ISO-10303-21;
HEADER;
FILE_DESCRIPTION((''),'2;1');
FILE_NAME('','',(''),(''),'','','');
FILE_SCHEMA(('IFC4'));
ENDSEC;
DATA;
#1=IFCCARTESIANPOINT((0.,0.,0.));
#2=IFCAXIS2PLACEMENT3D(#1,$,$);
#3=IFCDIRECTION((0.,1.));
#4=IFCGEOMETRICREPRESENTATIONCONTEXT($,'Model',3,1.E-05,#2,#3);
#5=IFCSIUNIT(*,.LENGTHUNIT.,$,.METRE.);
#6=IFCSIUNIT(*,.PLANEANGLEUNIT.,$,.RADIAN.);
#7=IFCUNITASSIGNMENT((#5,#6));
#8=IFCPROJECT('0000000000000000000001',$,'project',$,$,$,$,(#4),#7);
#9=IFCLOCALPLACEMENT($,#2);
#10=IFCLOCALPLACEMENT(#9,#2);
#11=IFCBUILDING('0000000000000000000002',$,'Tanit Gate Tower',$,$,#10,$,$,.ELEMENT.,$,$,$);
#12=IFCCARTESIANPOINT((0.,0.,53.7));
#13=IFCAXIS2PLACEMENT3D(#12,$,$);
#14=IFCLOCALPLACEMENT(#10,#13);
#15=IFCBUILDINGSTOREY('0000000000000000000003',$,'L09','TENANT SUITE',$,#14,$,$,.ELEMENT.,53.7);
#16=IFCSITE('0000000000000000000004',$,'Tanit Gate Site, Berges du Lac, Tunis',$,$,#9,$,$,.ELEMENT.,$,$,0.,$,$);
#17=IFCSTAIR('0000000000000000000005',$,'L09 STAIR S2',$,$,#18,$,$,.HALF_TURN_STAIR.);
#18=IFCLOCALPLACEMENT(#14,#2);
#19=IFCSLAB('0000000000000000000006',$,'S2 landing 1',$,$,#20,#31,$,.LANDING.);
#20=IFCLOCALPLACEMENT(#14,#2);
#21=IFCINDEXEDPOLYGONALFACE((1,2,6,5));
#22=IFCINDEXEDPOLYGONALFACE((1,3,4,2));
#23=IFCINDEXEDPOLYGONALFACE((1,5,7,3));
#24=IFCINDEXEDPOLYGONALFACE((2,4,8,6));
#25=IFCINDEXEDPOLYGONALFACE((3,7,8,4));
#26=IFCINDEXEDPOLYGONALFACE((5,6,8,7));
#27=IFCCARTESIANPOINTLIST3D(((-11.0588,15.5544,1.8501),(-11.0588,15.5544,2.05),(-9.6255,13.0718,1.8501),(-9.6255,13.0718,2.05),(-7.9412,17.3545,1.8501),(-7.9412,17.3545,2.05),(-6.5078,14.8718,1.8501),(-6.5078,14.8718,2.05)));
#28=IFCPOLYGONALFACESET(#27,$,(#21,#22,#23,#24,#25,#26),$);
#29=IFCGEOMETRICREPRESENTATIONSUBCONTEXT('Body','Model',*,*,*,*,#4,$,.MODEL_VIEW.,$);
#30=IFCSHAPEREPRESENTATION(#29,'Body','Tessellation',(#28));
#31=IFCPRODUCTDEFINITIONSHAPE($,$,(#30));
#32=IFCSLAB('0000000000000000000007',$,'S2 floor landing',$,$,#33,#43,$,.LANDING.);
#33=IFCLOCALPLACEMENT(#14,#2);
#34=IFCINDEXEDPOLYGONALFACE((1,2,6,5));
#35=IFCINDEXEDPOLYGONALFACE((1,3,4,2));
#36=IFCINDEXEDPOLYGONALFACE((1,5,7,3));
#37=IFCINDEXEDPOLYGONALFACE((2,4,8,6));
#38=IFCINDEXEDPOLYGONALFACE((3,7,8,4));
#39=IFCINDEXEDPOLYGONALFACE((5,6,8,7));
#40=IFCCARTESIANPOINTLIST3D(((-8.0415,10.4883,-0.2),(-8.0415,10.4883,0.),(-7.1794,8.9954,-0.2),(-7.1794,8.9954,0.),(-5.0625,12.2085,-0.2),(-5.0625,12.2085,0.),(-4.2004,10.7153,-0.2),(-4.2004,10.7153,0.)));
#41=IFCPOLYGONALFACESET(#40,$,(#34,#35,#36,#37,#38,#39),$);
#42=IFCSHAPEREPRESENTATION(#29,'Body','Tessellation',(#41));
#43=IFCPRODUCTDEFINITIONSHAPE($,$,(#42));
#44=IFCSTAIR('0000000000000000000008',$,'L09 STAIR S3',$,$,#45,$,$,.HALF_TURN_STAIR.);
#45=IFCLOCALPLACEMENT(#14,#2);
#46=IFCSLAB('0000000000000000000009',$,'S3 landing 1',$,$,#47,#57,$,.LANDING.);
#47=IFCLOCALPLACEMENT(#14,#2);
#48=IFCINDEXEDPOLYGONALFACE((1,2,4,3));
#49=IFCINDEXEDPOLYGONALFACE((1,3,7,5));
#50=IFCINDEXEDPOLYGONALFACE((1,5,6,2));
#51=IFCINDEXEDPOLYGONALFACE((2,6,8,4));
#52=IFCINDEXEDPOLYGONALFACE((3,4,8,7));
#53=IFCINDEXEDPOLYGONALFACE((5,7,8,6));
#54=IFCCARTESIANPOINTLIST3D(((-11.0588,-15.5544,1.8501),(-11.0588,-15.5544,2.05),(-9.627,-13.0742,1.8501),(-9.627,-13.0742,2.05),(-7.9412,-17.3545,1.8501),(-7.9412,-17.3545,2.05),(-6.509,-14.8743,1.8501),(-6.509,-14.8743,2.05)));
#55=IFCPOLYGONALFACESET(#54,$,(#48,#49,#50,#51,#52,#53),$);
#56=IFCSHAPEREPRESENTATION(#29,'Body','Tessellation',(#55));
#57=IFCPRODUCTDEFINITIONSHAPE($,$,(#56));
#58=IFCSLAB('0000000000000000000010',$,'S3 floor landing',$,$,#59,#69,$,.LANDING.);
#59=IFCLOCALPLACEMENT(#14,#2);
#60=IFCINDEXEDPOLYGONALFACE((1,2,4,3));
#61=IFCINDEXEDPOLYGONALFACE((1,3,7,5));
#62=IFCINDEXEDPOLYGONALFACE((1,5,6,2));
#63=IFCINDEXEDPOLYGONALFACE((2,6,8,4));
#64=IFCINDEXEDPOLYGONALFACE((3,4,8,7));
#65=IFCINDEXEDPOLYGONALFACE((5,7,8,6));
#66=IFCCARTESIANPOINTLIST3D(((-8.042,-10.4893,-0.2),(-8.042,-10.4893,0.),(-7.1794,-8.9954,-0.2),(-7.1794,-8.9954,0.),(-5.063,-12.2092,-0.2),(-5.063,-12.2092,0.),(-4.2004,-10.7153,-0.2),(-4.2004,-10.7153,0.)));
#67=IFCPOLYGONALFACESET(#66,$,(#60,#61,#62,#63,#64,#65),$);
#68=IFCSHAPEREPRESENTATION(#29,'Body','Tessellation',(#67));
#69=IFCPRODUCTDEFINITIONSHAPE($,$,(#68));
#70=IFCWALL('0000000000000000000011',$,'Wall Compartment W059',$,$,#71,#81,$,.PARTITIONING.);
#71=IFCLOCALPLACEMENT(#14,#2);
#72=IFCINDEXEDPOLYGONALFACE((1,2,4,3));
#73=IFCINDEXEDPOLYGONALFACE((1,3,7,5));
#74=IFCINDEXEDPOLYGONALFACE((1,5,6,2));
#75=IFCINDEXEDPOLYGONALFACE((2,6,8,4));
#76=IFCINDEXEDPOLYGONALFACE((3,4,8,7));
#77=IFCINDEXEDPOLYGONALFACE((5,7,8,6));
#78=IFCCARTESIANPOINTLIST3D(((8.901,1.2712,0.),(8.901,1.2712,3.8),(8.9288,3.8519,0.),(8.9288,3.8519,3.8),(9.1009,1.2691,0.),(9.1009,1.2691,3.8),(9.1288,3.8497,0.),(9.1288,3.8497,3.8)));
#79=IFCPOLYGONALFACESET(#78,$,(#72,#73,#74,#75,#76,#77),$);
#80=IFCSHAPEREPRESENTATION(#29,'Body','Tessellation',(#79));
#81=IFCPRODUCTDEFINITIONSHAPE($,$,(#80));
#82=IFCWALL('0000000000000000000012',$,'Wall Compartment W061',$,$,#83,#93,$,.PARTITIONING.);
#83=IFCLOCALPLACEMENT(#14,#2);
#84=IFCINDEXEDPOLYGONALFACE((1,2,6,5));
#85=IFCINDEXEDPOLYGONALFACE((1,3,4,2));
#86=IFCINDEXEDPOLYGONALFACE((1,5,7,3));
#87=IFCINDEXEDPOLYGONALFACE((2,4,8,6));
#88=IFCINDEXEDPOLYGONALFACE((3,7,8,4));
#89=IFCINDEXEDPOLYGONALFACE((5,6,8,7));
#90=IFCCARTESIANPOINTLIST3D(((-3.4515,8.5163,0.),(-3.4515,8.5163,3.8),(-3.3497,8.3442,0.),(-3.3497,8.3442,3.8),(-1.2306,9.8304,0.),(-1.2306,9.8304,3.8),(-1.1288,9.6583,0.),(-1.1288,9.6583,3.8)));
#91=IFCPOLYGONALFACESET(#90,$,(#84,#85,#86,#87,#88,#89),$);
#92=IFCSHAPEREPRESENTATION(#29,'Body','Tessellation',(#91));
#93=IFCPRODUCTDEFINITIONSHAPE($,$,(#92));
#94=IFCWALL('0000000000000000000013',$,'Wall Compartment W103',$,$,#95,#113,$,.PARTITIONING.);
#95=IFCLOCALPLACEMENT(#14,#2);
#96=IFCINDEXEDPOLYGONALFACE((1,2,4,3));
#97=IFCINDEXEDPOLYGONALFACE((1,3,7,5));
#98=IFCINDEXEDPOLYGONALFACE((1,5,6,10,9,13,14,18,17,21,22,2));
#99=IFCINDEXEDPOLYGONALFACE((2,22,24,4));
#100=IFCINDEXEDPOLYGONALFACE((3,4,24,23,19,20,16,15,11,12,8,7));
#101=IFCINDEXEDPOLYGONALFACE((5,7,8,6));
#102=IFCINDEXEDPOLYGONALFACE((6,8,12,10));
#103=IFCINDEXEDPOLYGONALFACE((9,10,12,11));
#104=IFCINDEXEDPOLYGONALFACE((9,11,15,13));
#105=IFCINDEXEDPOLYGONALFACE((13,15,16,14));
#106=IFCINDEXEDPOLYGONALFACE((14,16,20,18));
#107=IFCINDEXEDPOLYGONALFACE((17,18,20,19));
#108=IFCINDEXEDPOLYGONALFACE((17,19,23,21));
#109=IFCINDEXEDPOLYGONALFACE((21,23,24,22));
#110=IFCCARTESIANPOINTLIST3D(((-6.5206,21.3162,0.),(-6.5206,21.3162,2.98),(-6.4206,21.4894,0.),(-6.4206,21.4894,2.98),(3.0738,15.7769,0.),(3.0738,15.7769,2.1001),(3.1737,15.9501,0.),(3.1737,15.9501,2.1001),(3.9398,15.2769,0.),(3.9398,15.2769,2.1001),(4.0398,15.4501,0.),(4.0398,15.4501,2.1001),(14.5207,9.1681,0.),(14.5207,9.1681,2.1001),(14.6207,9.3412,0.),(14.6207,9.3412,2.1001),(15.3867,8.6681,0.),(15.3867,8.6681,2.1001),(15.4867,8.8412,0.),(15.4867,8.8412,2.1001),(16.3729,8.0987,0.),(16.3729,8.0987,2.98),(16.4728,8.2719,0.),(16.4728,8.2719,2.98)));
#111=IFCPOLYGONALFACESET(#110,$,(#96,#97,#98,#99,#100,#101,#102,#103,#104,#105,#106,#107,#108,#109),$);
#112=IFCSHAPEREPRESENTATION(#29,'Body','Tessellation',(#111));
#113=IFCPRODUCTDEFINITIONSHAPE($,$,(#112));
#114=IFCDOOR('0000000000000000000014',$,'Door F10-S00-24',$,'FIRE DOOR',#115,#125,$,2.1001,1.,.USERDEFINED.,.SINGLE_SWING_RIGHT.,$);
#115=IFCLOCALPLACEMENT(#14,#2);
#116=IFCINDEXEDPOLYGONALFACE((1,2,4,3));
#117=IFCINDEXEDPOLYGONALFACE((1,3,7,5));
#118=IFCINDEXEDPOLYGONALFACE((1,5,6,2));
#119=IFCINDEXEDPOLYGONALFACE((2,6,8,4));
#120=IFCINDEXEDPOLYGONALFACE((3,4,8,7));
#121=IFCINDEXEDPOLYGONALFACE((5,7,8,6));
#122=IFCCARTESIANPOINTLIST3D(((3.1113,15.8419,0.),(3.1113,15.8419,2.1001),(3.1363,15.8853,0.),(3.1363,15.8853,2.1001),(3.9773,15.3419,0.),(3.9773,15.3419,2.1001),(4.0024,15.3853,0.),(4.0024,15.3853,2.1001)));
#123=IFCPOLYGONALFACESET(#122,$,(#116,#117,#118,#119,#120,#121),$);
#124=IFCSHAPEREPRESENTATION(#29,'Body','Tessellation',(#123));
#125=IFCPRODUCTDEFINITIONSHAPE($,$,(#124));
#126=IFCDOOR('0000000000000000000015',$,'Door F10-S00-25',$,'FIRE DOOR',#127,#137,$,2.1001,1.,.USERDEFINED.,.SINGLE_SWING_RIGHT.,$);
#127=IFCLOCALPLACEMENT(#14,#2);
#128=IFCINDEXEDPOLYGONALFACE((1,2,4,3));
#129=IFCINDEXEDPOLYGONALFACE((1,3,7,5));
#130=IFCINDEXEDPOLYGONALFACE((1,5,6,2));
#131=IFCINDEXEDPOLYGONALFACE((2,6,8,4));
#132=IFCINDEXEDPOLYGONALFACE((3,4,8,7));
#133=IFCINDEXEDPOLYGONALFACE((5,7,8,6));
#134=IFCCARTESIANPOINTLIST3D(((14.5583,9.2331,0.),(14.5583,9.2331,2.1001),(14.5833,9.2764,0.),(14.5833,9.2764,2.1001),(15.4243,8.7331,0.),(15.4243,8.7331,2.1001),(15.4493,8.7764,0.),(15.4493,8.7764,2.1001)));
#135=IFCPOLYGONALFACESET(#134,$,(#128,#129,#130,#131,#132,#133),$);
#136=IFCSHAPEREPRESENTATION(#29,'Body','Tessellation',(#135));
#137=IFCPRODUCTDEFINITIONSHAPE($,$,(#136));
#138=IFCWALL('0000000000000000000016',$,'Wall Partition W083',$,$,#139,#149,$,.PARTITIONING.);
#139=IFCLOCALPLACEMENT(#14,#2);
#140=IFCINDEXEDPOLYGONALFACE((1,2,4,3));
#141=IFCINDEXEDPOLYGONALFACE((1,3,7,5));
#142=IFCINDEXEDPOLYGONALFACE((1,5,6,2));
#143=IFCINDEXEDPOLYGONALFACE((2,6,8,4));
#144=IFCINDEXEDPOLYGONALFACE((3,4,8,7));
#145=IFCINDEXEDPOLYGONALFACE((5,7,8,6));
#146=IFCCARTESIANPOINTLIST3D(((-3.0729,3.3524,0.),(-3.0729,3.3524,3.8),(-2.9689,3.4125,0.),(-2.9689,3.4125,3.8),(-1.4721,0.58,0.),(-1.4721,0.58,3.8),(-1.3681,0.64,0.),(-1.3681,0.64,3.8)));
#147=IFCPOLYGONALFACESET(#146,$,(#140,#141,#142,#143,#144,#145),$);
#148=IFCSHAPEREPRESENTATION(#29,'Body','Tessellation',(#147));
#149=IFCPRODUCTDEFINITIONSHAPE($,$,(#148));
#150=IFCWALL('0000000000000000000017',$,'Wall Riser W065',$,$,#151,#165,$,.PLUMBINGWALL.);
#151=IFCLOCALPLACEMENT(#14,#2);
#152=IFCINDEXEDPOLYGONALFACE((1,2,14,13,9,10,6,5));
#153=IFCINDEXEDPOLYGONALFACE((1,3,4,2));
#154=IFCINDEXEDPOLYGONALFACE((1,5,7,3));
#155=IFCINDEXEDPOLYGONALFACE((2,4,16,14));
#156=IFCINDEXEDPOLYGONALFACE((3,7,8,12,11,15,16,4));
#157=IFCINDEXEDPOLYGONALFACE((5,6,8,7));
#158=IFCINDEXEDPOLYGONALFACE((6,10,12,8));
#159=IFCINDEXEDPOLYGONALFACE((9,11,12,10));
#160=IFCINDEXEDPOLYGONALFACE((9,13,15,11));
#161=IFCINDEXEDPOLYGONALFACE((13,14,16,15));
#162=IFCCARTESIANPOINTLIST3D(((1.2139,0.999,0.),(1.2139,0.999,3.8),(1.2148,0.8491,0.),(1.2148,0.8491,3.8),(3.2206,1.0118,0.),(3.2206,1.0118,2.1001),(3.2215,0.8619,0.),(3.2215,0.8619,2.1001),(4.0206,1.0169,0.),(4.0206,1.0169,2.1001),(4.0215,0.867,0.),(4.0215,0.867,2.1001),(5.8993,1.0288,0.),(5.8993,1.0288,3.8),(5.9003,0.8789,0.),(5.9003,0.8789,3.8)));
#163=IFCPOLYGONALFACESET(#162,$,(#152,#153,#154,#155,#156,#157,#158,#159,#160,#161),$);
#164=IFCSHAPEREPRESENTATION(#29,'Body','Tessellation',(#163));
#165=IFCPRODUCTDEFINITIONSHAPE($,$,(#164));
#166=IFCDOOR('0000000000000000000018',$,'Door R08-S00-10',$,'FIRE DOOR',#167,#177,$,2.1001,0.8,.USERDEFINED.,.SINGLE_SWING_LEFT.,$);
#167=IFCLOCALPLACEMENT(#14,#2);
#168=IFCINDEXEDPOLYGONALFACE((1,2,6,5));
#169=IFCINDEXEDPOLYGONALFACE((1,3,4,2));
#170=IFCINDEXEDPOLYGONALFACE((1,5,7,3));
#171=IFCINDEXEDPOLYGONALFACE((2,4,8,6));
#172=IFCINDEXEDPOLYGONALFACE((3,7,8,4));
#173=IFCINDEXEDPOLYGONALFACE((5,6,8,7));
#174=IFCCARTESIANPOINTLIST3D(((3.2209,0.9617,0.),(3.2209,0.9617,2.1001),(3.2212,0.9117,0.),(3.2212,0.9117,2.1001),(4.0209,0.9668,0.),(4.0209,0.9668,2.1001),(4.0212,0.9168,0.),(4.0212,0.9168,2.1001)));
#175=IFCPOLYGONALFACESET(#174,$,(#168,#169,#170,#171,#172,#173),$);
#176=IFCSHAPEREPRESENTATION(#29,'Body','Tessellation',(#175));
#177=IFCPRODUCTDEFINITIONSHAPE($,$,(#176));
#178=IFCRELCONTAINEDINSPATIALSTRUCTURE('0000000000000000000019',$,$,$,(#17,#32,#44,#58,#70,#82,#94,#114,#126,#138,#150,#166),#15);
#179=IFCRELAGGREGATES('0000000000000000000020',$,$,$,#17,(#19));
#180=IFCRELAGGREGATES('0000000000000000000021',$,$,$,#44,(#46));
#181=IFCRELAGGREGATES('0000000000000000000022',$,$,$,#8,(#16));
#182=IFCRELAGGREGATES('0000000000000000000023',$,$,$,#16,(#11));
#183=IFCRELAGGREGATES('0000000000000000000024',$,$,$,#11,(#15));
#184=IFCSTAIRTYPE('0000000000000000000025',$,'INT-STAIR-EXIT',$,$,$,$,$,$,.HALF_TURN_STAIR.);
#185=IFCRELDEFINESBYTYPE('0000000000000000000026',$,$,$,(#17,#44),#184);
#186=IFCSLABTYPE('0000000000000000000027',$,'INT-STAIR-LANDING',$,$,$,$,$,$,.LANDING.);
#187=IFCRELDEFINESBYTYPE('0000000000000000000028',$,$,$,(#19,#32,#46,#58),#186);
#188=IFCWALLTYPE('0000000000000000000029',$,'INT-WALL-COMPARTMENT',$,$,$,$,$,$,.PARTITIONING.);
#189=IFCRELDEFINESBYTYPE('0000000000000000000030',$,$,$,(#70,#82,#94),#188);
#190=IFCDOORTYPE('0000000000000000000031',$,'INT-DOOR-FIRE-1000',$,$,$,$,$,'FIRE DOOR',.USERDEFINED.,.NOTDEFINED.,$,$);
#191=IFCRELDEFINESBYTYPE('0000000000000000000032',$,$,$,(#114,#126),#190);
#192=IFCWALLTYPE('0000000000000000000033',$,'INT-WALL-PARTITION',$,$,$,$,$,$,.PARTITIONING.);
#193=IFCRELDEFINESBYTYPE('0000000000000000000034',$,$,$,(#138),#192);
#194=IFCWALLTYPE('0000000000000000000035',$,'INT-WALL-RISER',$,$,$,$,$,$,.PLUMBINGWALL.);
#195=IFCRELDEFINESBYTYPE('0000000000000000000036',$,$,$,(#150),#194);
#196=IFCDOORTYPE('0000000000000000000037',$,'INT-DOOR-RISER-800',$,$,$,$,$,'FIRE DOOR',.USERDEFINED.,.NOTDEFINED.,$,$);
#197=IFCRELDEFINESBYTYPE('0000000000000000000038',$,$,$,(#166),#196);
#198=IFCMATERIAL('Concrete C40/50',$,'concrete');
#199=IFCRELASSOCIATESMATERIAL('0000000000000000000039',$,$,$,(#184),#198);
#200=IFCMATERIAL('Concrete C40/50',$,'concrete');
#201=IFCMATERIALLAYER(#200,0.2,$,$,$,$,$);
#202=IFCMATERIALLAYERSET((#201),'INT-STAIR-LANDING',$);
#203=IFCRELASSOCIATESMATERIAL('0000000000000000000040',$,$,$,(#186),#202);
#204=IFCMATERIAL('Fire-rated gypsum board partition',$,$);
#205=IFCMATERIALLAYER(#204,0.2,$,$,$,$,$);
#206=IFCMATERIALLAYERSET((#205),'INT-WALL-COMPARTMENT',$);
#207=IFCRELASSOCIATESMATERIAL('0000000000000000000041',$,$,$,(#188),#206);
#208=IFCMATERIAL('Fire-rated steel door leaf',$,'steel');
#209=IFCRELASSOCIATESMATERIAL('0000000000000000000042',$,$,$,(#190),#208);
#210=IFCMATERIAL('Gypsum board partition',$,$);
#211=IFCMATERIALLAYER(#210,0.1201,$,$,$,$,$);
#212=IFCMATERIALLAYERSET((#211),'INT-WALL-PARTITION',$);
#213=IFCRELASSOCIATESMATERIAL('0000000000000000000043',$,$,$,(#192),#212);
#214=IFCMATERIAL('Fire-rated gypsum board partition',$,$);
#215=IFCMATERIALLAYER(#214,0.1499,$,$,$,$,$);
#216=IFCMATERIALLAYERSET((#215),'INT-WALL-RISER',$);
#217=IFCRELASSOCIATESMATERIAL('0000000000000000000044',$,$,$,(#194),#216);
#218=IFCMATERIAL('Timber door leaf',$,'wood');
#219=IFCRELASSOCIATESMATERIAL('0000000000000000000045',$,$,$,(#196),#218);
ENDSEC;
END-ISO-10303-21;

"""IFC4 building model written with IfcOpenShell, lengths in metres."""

from ifc_helpers import new_model, si_unit, direction, frame, frame_2d, origin, place, context, subcontext, project, spatial, polyline, rectangle, outline, extrude, material, layer, layer_set, type_object, element, fill, aggregate, save


model = new_model("IFC4")

# Units and contexts
model_context = context("Model", 3, precision=1e-05, world=origin(), true_north=direction((0.0, 1.0)))
body_context = subcontext(model_context, "Body", "Model", "MODEL_VIEW")
ifc_project = project(units=[si_unit("LENGTHUNIT", "METRE"), si_unit("PLANEANGLEUNIT", "RADIAN")], contexts=[model_context])

# Site, building, storey
site_placement = place(None, origin())
site = spatial("IfcSite", under=ifc_project, at=site_placement, Name="Tanit Gate Site, Berges du Lac, Tunis", CompositionType="ELEMENT", RefElevation=0.0)
building_placement = place(site_placement, origin())
building = spatial("IfcBuilding", under=site, at=building_placement, Name="Tanit Gate Tower", CompositionType="ELEMENT")
storey_placement = place(building_placement, frame((0.0, 0.0, 53.7)))
storey = spatial("IfcBuildingStorey", under=building, at=storey_placement, Name="L09", Description="TENANT SUITE", CompositionType="ELEMENT", Elevation=53.7)

# Stair, slab
ifc_material_1 = material(Name="Concrete C40/50", Category="concrete")
stair_type = type_object("IfcStairType", Name="INT-STAIR-EXIT", PredefinedType="HALF_TURN_STAIR", material=ifc_material_1)
stair_1_placement = place(storey_placement, origin())
stair_1 = element("IfcStair", 1, at=stair_1_placement, inside=storey, type_object=stair_type, Name="L09 STAIR S2", PredefinedType="HALF_TURN_STAIR")
ifc_material_2 = material(Name="Concrete C40/50", Category="concrete")
ifc_layer_1 = layer(ifc_material_2, 0.2)
ifc_layer_set_1 = layer_set([ifc_layer_1], Name="INT-STAIR-LANDING")
slab_type = type_object("IfcSlabType", Name="INT-STAIR-LANDING", PredefinedType="LANDING", material=ifc_layer_set_1)
slab_1_placement = place(storey_placement, frame((0.0, 0.0, 1.8501)))
slab_1 = element("IfcSlab", 2, at=slab_1_placement, type_object=slab_type, Name="S2 landing 1", PredefinedType="LANDING", context=body_context, shape_type="SweptSolid", body=[
    extrude(outline(polyline([(-6.5078, 14.8718), (-7.9412, 17.3545), (-11.0588, 15.5544), (-9.6255, 13.0718), (-6.5078, 14.8718)])), origin(), (0.0, 0.0, 1.0), 0.2),
])
aggregate(stair_1, [slab_1])

# Slab
slab_2_placement = place(storey_placement, frame((0.0, 0.0, -0.2)))
element("IfcSlab", 3, at=slab_2_placement, inside=storey, type_object=slab_type, Name="S2 floor landing", PredefinedType="LANDING", context=body_context, shape_type="SweptSolid", body=[
    extrude(outline(polyline([(-4.2004, 10.7153), (-5.0625, 12.2085), (-8.0415, 10.4883), (-7.1794, 8.9954), (-4.2004, 10.7153)])), origin(), (0.0, 0.0, 1.0), 0.2),
])

# Stair, slab
stair_2_placement = place(storey_placement, origin())
stair_2 = element("IfcStair", 4, at=stair_2_placement, inside=storey, type_object=stair_type, Name="L09 STAIR S3", PredefinedType="HALF_TURN_STAIR")
slab_3_placement = place(storey_placement, frame((0.0, 0.0, 1.8501)))
slab_3 = element("IfcSlab", 5, at=slab_3_placement, type_object=slab_type, Name="S3 landing 1", PredefinedType="LANDING", context=body_context, shape_type="SweptSolid", body=[
    extrude(outline(polyline([(-9.627, -13.0742), (-11.0588, -15.5544), (-7.9412, -17.3545), (-6.509, -14.8743), (-9.627, -13.0742)])), origin(), (0.0, 0.0, 1.0), 0.2),
])
aggregate(stair_2, [slab_3])

# Slab
slab_4_placement = place(storey_placement, frame((0.0, 0.0, -0.2)))
element("IfcSlab", 6, at=slab_4_placement, inside=storey, type_object=slab_type, Name="S3 floor landing", PredefinedType="LANDING", context=body_context, shape_type="SweptSolid", body=[
    extrude(outline(polyline([(-7.1794, -8.9954), (-8.042, -10.4893), (-5.063, -12.2092), (-4.2004, -10.7153), (-7.1794, -8.9954)])), origin(), (0.0, 0.0, 1.0), 0.2),
])

# Walls
ifc_material_3 = material(Name="Fire-rated gypsum board partition")
ifc_layer_2 = layer(ifc_material_3, 0.2)
ifc_layer_set_2 = layer_set([ifc_layer_2], Name="INT-WALL-COMPARTMENT")
wall_type_1 = type_object("IfcWallType", Name="INT-WALL-COMPARTMENT", PredefinedType="PARTITIONING", material=ifc_layer_set_2)
wall_1_placement = place(storey_placement, frame((9.001, 1.27, 0.0), z_axis=(0.0, 0.0, 1.0), x_axis=(0.010785, 0.999942, 0.0)))
element("IfcWall", 7, at=wall_1_placement, inside=storey, type_object=wall_type_1, Name="Wall Compartment W059", PredefinedType="PARTITIONING", context=body_context, shape_type="SweptSolid", body=[
    extrude(rectangle(XDim=2.5808, YDim=0.2, at=frame_2d((1.2905, 0.0))), origin(), (0.0, 0.0, 1.0), 3.8),
])
wall_2_placement = place(storey_placement, frame((-1.1797, 9.7444, 0.0), z_axis=(0.0, 0.0, 1.0), x_axis=(-0.860616, -0.509255, 0.0)))
element("IfcWall", 8, at=wall_2_placement, inside=storey, type_object=wall_type_1, Name="Wall Compartment W061", PredefinedType="PARTITIONING", context=body_context, shape_type="SweptSolid", body=[
    extrude(rectangle(XDim=2.5806, YDim=0.2, at=frame_2d((1.2903, 0.0))), origin(), (0.0, 0.0, 1.0), 3.8),
])

# Wall, openings, doors
wall_3_placement = place(storey_placement, frame((16.4229, 8.1853, 0.0), z_axis=(0.0, 0.0, 1.0), x_axis=(-0.866027, 0.499998, 0.0)))
wall_3 = element("IfcWall", 9, at=wall_3_placement, inside=storey, type_object=wall_type_1, Name="Wall Compartment W103", PredefinedType="PARTITIONING", context=body_context, shape_type="SweptSolid", body=[
    extrude(rectangle(XDim=26.4351, YDim=0.2, at=frame_2d((13.2175, 0.0))), origin(), (0.0, 0.0, 1.0), 2.98),
])
opening_1_placement = place(wall_3_placement, frame((14.3564, 0.0, 0.0)))
opening_1 = element("IfcOpeningElement", 10, at=opening_1_placement, cuts=wall_3, PredefinedType="OPENING", context=body_context, shape_type="SweptSolid", body=[
    extrude(rectangle(XDim=1.0, YDim=2.1001, at=frame_2d((0.5, 1.05))), frame((0.0, 0.1099, 0.0), z_axis=(0.0, -1.0, 0.0), x_axis=(1.0, 0.0, 0.0)), (0.0, 0.0, 1.0), 0.22),
])
opening_2_placement = place(wall_3_placement, frame((1.1387, 0.0, 0.0)))
opening_2 = element("IfcOpeningElement", 11, at=opening_2_placement, cuts=wall_3, PredefinedType="OPENING", context=body_context, shape_type="SweptSolid", body=[
    extrude(rectangle(XDim=1.0, YDim=2.1001, at=frame_2d((0.5, 1.05))), frame((0.0, 0.1099, 0.0), z_axis=(0.0, -1.0, 0.0), x_axis=(1.0, 0.0, 0.0)), (0.0, 0.0, 1.0), 0.22),
])
ifc_material_4 = material(Name="Fire-rated steel door leaf", Category="steel")
door_type_1 = type_object("IfcDoorType", Name="INT-DOOR-FIRE-1000", ElementType="FIRE DOOR", OperationType="NOTDEFINED", PredefinedType="USERDEFINED", material=ifc_material_4)
door_1_placement = place(opening_1_placement, origin())
door_1 = element("IfcDoor", 12, at=door_1_placement, inside=storey, type_object=door_type_1, Name="Door F10-S00-24", ObjectType="FIRE DOOR", OperationType="SINGLE_SWING_RIGHT", OverallHeight=2.1001, OverallWidth=1.0, PredefinedType="USERDEFINED", context=body_context, shape_type="SweptSolid", body=[
    extrude(rectangle(XDim=1.0, YDim=2.1001, at=frame_2d((0.5, 1.05))), frame((0.0, 0.0249, 0.0), z_axis=(0.0, -1.0, 0.0), x_axis=(1.0, 0.0, 0.0)), (0.0, 0.0, 1.0), 0.05),
])
fill(opening_1, door_1)
door_2_placement = place(opening_2_placement, origin())
door_2 = element("IfcDoor", 13, at=door_2_placement, inside=storey, type_object=door_type_1, Name="Door F10-S00-25", ObjectType="FIRE DOOR", OperationType="SINGLE_SWING_RIGHT", OverallHeight=2.1001, OverallWidth=1.0, PredefinedType="USERDEFINED", context=body_context, shape_type="SweptSolid", body=[
    extrude(rectangle(XDim=1.0, YDim=2.1001, at=frame_2d((0.5, 1.05))), frame((0.0, 0.0249, 0.0), z_axis=(0.0, -1.0, 0.0), x_axis=(1.0, 0.0, 0.0)), (0.0, 0.0, 1.0), 0.05),
])
fill(opening_2, door_2)

# Wall
ifc_material_5 = material(Name="Gypsum board partition")
ifc_layer_3 = layer(ifc_material_5, 0.1201)
ifc_layer_set_3 = layer_set([ifc_layer_3], Name="INT-WALL-PARTITION")
wall_type_2 = type_object("IfcWallType", Name="INT-WALL-PARTITION", PredefinedType="PARTITIONING", material=ifc_layer_set_3)
wall_4_placement = place(storey_placement, frame((-1.4202, 0.6101, 0.0), z_axis=(0.0, 0.0, 1.0), x_axis=(-0.500035, 0.866005, 0.0)))
element("IfcWall", 14, at=wall_4_placement, inside=storey, type_object=wall_type_2, Name="Wall Partition W083", PredefinedType="PARTITIONING", context=body_context, shape_type="SweptSolid", body=[
    extrude(rectangle(XDim=3.2014, YDim=0.1201, at=frame_2d((1.6006, 0.0))), origin(), (0.0, 0.0, 1.0), 3.8),
])

# Wall, opening, door
ifc_material_6 = material(Name="Fire-rated gypsum board partition")
ifc_layer_4 = layer(ifc_material_6, 0.1499)
ifc_layer_set_4 = layer_set([ifc_layer_4], Name="INT-WALL-RISER")
wall_type_3 = type_object("IfcWallType", Name="INT-WALL-RISER", PredefinedType="PLUMBINGWALL", material=ifc_layer_set_4)
wall_5_placement = place(storey_placement, frame((1.2144, 0.9241, 0.0), z_axis=(0.0, 0.0, 1.0), x_axis=(0.99998, 0.006357, 0.0)))
wall_5 = element("IfcWall", 15, at=wall_5_placement, inside=storey, type_object=wall_type_3, Name="Wall Riser W065", PredefinedType="PLUMBINGWALL", context=body_context, shape_type="SweptSolid", body=[
    extrude(rectangle(XDim=4.6855, YDim=0.1499, at=frame_2d((2.3428, 0.0))), origin(), (0.0, 0.0, 1.0), 3.8),
])
opening_3_placement = place(wall_5_placement, frame((2.0068, 0.0, 0.0)))
opening_3 = element("IfcOpeningElement", 16, at=opening_3_placement, cuts=wall_5, PredefinedType="OPENING", context=body_context, shape_type="SweptSolid", body=[
    extrude(rectangle(XDim=0.8, YDim=2.1001, at=frame_2d((0.3999, 1.05))), frame((0.0, 0.085, 0.0), z_axis=(0.0, -1.0, 0.0), x_axis=(1.0, 0.0, 0.0)), (0.0, 0.0, 1.0), 0.1699),
])
ifc_material_7 = material(Name="Timber door leaf", Category="wood")
door_type_2 = type_object("IfcDoorType", Name="INT-DOOR-RISER-800", ElementType="FIRE DOOR", OperationType="NOTDEFINED", PredefinedType="USERDEFINED", material=ifc_material_7)
door_3_placement = place(opening_3_placement, origin())
door_3 = element("IfcDoor", 17, at=door_3_placement, inside=storey, type_object=door_type_2, Name="Door R08-S00-10", ObjectType="FIRE DOOR", OperationType="SINGLE_SWING_LEFT", OverallHeight=2.1001, OverallWidth=0.8, PredefinedType="USERDEFINED", context=body_context, shape_type="SweptSolid", body=[
    extrude(rectangle(XDim=0.8, YDim=2.1001, at=frame_2d((0.3999, 1.05))), frame((0.0, 0.0249, 0.0), z_axis=(0.0, -1.0, 0.0), x_axis=(1.0, 0.0, 0.0)), (0.0, 0.0, 1.0), 0.05),
])
fill(opening_3, door_3)

save(model, "model.ifc")
